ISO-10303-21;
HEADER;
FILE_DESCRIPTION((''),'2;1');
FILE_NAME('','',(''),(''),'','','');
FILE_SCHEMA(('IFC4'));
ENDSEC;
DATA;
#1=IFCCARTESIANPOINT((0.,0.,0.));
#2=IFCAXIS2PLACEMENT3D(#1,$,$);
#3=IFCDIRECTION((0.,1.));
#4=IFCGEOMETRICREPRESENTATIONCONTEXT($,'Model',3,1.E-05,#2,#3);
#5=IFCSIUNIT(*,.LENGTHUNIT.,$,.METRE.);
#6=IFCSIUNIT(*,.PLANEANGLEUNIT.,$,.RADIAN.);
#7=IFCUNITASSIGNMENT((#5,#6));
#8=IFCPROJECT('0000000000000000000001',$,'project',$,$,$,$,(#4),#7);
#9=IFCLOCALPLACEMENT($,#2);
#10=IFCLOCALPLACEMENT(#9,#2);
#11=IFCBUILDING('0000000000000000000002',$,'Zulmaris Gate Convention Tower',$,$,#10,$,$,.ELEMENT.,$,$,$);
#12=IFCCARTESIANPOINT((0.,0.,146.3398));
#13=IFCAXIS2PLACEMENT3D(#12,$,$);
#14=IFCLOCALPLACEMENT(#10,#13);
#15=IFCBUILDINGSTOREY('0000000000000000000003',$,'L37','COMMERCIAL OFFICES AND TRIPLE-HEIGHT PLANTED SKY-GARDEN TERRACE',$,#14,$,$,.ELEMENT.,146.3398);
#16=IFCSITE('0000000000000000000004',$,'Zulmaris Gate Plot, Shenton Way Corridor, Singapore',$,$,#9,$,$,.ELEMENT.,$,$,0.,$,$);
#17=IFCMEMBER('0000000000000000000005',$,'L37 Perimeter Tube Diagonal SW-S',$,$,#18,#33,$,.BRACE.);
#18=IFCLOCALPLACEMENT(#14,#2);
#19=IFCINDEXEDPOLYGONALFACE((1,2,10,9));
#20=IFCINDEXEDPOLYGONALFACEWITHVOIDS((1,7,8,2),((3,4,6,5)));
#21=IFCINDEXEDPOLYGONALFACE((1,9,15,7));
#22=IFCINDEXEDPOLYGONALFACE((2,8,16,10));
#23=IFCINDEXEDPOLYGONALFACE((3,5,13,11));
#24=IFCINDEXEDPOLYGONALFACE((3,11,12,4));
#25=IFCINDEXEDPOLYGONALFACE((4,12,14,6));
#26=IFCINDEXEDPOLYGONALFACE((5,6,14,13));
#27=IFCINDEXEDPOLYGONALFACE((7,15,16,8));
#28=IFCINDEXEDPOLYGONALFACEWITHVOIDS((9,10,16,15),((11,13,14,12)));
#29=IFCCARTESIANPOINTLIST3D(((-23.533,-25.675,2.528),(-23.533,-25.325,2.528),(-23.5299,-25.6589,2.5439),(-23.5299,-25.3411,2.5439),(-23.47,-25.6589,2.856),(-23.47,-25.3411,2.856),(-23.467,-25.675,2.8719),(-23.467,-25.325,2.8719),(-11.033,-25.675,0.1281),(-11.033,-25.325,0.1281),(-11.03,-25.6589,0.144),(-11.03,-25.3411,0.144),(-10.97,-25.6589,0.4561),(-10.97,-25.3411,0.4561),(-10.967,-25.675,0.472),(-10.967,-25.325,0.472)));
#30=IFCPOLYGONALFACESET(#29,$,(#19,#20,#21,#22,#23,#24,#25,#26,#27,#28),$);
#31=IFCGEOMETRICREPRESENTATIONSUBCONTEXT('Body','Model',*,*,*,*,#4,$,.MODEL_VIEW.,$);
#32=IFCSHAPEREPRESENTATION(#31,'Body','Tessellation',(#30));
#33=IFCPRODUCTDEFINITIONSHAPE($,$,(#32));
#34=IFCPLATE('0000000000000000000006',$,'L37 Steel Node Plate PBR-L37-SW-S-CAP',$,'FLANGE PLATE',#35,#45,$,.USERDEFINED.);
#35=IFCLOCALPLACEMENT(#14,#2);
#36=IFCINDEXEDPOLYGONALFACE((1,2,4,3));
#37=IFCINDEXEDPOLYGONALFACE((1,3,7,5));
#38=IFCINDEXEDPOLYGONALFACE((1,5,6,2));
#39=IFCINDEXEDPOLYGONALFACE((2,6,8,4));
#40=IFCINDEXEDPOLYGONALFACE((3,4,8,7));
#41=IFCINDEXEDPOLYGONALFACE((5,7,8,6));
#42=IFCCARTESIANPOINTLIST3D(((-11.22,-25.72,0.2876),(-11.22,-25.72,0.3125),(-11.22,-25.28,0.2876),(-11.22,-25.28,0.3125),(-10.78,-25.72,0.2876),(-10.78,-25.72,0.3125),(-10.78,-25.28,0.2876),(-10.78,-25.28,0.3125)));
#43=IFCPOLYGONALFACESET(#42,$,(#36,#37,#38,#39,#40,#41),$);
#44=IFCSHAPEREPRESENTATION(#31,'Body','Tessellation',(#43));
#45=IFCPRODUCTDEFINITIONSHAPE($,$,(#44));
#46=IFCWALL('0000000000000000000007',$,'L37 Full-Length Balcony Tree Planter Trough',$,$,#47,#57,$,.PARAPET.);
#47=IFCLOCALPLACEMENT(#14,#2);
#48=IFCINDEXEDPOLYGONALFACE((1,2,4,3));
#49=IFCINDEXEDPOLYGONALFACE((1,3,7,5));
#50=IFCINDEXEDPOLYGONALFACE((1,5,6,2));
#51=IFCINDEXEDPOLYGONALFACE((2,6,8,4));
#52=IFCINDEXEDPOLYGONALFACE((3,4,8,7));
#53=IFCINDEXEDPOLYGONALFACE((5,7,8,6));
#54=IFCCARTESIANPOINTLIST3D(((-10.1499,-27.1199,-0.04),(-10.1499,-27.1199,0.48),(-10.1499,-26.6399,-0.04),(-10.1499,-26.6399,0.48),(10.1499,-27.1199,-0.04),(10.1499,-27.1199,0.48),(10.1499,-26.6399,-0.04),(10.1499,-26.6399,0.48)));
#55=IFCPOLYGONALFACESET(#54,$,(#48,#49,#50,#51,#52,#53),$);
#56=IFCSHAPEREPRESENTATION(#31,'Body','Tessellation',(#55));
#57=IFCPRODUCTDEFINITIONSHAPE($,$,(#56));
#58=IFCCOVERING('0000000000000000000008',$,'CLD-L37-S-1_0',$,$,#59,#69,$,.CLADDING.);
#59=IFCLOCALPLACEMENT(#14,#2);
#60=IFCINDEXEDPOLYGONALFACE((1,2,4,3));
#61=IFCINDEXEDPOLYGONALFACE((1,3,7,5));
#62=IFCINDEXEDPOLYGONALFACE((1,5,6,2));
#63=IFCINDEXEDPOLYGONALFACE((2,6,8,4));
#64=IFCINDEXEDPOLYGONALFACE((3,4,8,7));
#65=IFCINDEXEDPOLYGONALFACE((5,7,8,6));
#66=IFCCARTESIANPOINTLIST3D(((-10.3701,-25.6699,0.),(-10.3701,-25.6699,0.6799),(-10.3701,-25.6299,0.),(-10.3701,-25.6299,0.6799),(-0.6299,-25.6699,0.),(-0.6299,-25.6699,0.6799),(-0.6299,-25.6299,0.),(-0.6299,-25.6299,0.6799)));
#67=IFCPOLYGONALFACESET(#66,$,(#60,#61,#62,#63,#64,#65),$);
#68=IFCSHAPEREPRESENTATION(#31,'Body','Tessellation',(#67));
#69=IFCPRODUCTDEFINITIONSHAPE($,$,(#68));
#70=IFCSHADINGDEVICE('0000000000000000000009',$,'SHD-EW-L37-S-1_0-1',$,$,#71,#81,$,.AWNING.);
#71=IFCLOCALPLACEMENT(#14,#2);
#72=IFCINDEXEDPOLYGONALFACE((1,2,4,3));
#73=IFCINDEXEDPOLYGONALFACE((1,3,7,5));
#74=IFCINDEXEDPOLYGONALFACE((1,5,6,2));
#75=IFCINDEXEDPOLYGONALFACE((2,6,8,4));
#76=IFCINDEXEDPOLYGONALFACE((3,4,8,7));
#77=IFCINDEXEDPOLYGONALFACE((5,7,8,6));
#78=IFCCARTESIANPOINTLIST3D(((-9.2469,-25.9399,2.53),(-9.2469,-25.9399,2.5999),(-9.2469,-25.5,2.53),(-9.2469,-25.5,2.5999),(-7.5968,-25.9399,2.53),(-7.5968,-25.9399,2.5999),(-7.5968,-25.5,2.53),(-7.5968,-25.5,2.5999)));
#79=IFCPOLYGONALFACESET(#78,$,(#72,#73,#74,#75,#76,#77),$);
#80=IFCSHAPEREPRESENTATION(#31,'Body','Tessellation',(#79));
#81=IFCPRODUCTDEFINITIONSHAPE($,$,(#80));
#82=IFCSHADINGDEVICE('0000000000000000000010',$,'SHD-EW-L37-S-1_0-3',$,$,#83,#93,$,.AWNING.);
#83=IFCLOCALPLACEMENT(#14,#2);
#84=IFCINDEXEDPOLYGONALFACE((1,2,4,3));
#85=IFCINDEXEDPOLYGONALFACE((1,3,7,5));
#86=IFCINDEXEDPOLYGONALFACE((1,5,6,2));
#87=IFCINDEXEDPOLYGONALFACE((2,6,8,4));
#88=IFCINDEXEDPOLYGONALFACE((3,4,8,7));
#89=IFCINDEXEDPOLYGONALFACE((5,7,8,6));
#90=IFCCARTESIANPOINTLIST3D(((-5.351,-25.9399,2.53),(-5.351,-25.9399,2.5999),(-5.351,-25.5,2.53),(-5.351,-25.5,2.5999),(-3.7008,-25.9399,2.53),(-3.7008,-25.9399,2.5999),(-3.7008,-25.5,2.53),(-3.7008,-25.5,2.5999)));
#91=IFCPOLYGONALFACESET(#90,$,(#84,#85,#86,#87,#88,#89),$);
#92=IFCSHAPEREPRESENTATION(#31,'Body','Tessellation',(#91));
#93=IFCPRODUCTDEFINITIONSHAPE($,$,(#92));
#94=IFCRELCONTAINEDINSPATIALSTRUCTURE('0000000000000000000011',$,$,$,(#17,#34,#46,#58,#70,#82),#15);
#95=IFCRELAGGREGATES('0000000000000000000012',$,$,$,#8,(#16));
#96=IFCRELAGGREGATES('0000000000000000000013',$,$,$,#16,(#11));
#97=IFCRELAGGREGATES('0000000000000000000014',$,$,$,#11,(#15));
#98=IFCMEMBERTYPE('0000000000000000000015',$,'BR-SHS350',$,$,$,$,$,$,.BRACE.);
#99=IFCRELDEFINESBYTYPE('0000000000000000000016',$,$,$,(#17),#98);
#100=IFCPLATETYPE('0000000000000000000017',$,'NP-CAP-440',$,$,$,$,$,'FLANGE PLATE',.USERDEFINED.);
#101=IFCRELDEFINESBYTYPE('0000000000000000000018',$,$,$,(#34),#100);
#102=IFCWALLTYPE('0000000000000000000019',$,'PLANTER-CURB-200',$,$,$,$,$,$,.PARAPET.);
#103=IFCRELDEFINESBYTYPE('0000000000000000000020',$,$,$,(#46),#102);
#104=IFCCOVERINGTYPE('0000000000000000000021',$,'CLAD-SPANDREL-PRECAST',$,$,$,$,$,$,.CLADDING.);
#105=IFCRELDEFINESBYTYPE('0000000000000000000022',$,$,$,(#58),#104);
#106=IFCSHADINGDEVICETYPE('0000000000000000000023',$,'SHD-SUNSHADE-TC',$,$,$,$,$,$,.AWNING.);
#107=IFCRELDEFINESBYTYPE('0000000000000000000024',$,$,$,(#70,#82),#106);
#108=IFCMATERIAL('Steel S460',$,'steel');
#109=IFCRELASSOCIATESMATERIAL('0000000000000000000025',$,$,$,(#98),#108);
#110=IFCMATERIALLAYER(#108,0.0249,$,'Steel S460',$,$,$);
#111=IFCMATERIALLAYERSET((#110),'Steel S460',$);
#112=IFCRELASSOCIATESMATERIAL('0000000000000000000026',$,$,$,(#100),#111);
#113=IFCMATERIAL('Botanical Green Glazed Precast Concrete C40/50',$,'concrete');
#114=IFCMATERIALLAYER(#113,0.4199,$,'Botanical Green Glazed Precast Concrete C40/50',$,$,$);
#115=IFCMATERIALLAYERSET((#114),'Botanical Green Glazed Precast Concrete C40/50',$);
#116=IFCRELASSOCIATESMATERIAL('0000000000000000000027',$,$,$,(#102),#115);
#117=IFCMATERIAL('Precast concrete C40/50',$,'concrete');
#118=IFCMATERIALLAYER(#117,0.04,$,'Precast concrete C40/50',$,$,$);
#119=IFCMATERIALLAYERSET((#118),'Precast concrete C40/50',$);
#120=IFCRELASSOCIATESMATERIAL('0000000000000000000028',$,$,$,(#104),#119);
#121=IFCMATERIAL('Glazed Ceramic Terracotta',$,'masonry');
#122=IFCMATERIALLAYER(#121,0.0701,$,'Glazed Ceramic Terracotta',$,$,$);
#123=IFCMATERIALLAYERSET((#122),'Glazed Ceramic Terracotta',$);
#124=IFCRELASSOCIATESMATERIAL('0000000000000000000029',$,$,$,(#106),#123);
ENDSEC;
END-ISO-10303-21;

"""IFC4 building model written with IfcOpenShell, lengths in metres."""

from ifc_helpers import new_model, si_unit, direction, frame, frame_2d, origin, origin_2d, place, context, subcontext, project, spatial, rectangle, hollow_rectangle, extrude, material, layer, layer_set, material_profile, profile_set, type_object, element, save


model = new_model("IFC4")

# Units and contexts
model_context = context("Model", 3, precision=1e-05, world=origin(), true_north=direction((0.0, 1.0)))
body_context = subcontext(model_context, "Body", "Model", "MODEL_VIEW")
ifc_project = project(units=[si_unit("LENGTHUNIT", "METRE"), si_unit("PLANEANGLEUNIT", "RADIAN")], contexts=[model_context])

# Site, building, storey
site_placement = place(None, origin())
site = spatial("IfcSite", under=ifc_project, at=site_placement, Name="Zulmaris Gate Plot, Shenton Way Corridor, Singapore", CompositionType="ELEMENT", RefElevation=0.0)
building_placement = place(site_placement, origin())
building = spatial("IfcBuilding", under=site, at=building_placement, Name="Zulmaris Gate Convention Tower", CompositionType="ELEMENT")
storey_placement = place(building_placement, frame((0.0, 0.0, 146.3398)))
storey = spatial("IfcBuildingStorey", under=building, at=storey_placement, Name="L37", Description="COMMERCIAL OFFICES AND TRIPLE-HEIGHT PLANTED SKY-GARDEN TERRACE", CompositionType="ELEMENT", Elevation=146.3398)

# Member
ifc_material_1 = material(Name="Steel S460", Category="steel")
ifc_material_profile_1 = material_profile(ifc_material_1, hollow_rectangle(XDim=0.3501, YDim=0.3501, WallThickness=0.0161, at=origin_2d()), Name="SHS 350x350x16")
ifc_profile_set_1 = profile_set([ifc_material_profile_1], Name="Steel S460")
member_type = type_object("IfcMemberType", Name="BR-SHS350", PredefinedType="BRACE", material=ifc_profile_set_1)
member_placement = place(storey_placement, frame((-11.0, -25.5, 0.3), z_axis=(-0.982064, 0.0, 0.188549), x_axis=(0.0, -1.0, 0.0)))
element("IfcMember", 1, at=member_placement, inside=storey, type_object=member_type, Name="L37 Perimeter Tube Diagonal SW-S", PredefinedType="BRACE", context=body_context, shape_type="SweptSolid", body=[
    extrude(hollow_rectangle(XDim=0.3501, YDim=0.3501, WallThickness=0.0161, at=origin_2d()), origin(), (0.0, 0.0, 1.0), 12.7283),
])

# Plate
ifc_layer_1 = layer(ifc_material_1, 0.0249, Name="Steel S460")
ifc_layer_set_1 = layer_set([ifc_layer_1], Name="Steel S460")
plate_type = type_object("IfcPlateType", Name="NP-CAP-440", ElementType="FLANGE PLATE", PredefinedType="USERDEFINED", material=ifc_layer_set_1)
plate_placement = place(storey_placement, frame((-11.0, -25.5, 0.2876), z_axis=(0.0, 0.0, 1.0), x_axis=(1.0, 0.0, 0.0)))
element("IfcPlate", 2, at=plate_placement, inside=storey, type_object=plate_type, Name="L37 Steel Node Plate PBR-L37-SW-S-CAP", ObjectType="FLANGE PLATE", PredefinedType="USERDEFINED", context=body_context, shape_type="SweptSolid", body=[
    extrude(rectangle(XDim=0.4399, YDim=0.4399, at=origin_2d()), origin(), (0.0, 0.0, 1.0), 0.0249),
])

# Wall
ifc_material_2 = material(Name="Botanical Green Glazed Precast Concrete C40/50", Category="concrete")
ifc_layer_2 = layer(ifc_material_2, 0.4199, Name="Botanical Green Glazed Precast Concrete C40/50")
ifc_layer_set_2 = layer_set([ifc_layer_2], Name="Botanical Green Glazed Precast Concrete C40/50")
wall_type_1 = type_object("IfcWallType", Name="PLANTER-CURB-200", PredefinedType="PARAPET", material=ifc_layer_set_2)
wall_1_placement = place(storey_placement, frame((-10.1499, -26.8799, -0.04), z_axis=(0.0, 0.0, 1.0), x_axis=(1.0, 0.0, 0.0)))
element("IfcWall", 3, at=wall_1_placement, inside=storey, type_object=wall_type_1, Name="L37 Full-Length Balcony Tree Planter Trough", PredefinedType="PARAPET", context=body_context, shape_type="SweptSolid", body=[
    extrude(rectangle(XDim=20.2998, YDim=0.48, at=frame_2d((10.1499, 0.0))), origin(), (0.0, 0.0, 1.0), 0.52),
])

# Shared definitions
ifc_material_3 = material(Name="Precast concrete C40/50", Category="concrete")

# Covering
ifc_layer_3 = layer(ifc_material_3, 0.04, Name="Precast concrete C40/50")
ifc_layer_set_3 = layer_set([ifc_layer_3], Name="Precast concrete C40/50")
covering_type = type_object("IfcCoveringType", Name="CLAD-SPANDREL-PRECAST", PredefinedType="CLADDING", material=ifc_layer_set_3)
covering_placement = place(storey_placement, frame((-10.3701, -25.6499, 0.0), z_axis=(0.0, 0.0, 1.0), x_axis=(1.0, 0.0, 0.0)))
element("IfcCovering", 4, at=covering_placement, inside=storey, type_object=covering_type, Name="CLD-L37-S-1_0", PredefinedType="CLADDING", context=body_context, shape_type="SweptSolid", body=[
    extrude(rectangle(XDim=9.7402, YDim=0.04, at=frame_2d((4.8701, 0.0))), origin(), (0.0, 0.0, 1.0), 0.6799),
])

# Shading devices
ifc_material_4 = material(Name="Glazed Ceramic Terracotta", Category="masonry")
ifc_layer_4 = layer(ifc_material_4, 0.0701, Name="Glazed Ceramic Terracotta")
ifc_layer_set_4 = layer_set([ifc_layer_4], Name="Glazed Ceramic Terracotta")
shading_device_type = type_object("IfcShadingDeviceType", Name="SHD-SUNSHADE-TC", PredefinedType="AWNING", material=ifc_layer_set_4)
for number, where, z_axis, x_axis, name in (
    (5, (-9.2471, -25.72, 2.53), (0.0, 0.0, 1.0), (1.0, 0.0, 0.0), "SHD-EW-L37-S-1_0-1"),
    (6, (-5.3511, -25.72, 2.53), (0.0, 0.0, 1.0), (1.0, 0.0, 0.0), "SHD-EW-L37-S-1_0-3"),
):
    element("IfcShadingDevice", number, at=place(storey_placement, frame(where, z_axis=z_axis, x_axis=x_axis)), inside=storey, type_object=shading_device_type, Name=name, PredefinedType="AWNING", context=body_context, shape_type="SweptSolid", body=[
        extrude(rectangle(XDim=1.6501, YDim=0.4399, at=frame_2d((0.8252, 0.0))), origin(), (0.0, 0.0, 1.0), 0.0698),
    ])

save(model, "model.ifc")
